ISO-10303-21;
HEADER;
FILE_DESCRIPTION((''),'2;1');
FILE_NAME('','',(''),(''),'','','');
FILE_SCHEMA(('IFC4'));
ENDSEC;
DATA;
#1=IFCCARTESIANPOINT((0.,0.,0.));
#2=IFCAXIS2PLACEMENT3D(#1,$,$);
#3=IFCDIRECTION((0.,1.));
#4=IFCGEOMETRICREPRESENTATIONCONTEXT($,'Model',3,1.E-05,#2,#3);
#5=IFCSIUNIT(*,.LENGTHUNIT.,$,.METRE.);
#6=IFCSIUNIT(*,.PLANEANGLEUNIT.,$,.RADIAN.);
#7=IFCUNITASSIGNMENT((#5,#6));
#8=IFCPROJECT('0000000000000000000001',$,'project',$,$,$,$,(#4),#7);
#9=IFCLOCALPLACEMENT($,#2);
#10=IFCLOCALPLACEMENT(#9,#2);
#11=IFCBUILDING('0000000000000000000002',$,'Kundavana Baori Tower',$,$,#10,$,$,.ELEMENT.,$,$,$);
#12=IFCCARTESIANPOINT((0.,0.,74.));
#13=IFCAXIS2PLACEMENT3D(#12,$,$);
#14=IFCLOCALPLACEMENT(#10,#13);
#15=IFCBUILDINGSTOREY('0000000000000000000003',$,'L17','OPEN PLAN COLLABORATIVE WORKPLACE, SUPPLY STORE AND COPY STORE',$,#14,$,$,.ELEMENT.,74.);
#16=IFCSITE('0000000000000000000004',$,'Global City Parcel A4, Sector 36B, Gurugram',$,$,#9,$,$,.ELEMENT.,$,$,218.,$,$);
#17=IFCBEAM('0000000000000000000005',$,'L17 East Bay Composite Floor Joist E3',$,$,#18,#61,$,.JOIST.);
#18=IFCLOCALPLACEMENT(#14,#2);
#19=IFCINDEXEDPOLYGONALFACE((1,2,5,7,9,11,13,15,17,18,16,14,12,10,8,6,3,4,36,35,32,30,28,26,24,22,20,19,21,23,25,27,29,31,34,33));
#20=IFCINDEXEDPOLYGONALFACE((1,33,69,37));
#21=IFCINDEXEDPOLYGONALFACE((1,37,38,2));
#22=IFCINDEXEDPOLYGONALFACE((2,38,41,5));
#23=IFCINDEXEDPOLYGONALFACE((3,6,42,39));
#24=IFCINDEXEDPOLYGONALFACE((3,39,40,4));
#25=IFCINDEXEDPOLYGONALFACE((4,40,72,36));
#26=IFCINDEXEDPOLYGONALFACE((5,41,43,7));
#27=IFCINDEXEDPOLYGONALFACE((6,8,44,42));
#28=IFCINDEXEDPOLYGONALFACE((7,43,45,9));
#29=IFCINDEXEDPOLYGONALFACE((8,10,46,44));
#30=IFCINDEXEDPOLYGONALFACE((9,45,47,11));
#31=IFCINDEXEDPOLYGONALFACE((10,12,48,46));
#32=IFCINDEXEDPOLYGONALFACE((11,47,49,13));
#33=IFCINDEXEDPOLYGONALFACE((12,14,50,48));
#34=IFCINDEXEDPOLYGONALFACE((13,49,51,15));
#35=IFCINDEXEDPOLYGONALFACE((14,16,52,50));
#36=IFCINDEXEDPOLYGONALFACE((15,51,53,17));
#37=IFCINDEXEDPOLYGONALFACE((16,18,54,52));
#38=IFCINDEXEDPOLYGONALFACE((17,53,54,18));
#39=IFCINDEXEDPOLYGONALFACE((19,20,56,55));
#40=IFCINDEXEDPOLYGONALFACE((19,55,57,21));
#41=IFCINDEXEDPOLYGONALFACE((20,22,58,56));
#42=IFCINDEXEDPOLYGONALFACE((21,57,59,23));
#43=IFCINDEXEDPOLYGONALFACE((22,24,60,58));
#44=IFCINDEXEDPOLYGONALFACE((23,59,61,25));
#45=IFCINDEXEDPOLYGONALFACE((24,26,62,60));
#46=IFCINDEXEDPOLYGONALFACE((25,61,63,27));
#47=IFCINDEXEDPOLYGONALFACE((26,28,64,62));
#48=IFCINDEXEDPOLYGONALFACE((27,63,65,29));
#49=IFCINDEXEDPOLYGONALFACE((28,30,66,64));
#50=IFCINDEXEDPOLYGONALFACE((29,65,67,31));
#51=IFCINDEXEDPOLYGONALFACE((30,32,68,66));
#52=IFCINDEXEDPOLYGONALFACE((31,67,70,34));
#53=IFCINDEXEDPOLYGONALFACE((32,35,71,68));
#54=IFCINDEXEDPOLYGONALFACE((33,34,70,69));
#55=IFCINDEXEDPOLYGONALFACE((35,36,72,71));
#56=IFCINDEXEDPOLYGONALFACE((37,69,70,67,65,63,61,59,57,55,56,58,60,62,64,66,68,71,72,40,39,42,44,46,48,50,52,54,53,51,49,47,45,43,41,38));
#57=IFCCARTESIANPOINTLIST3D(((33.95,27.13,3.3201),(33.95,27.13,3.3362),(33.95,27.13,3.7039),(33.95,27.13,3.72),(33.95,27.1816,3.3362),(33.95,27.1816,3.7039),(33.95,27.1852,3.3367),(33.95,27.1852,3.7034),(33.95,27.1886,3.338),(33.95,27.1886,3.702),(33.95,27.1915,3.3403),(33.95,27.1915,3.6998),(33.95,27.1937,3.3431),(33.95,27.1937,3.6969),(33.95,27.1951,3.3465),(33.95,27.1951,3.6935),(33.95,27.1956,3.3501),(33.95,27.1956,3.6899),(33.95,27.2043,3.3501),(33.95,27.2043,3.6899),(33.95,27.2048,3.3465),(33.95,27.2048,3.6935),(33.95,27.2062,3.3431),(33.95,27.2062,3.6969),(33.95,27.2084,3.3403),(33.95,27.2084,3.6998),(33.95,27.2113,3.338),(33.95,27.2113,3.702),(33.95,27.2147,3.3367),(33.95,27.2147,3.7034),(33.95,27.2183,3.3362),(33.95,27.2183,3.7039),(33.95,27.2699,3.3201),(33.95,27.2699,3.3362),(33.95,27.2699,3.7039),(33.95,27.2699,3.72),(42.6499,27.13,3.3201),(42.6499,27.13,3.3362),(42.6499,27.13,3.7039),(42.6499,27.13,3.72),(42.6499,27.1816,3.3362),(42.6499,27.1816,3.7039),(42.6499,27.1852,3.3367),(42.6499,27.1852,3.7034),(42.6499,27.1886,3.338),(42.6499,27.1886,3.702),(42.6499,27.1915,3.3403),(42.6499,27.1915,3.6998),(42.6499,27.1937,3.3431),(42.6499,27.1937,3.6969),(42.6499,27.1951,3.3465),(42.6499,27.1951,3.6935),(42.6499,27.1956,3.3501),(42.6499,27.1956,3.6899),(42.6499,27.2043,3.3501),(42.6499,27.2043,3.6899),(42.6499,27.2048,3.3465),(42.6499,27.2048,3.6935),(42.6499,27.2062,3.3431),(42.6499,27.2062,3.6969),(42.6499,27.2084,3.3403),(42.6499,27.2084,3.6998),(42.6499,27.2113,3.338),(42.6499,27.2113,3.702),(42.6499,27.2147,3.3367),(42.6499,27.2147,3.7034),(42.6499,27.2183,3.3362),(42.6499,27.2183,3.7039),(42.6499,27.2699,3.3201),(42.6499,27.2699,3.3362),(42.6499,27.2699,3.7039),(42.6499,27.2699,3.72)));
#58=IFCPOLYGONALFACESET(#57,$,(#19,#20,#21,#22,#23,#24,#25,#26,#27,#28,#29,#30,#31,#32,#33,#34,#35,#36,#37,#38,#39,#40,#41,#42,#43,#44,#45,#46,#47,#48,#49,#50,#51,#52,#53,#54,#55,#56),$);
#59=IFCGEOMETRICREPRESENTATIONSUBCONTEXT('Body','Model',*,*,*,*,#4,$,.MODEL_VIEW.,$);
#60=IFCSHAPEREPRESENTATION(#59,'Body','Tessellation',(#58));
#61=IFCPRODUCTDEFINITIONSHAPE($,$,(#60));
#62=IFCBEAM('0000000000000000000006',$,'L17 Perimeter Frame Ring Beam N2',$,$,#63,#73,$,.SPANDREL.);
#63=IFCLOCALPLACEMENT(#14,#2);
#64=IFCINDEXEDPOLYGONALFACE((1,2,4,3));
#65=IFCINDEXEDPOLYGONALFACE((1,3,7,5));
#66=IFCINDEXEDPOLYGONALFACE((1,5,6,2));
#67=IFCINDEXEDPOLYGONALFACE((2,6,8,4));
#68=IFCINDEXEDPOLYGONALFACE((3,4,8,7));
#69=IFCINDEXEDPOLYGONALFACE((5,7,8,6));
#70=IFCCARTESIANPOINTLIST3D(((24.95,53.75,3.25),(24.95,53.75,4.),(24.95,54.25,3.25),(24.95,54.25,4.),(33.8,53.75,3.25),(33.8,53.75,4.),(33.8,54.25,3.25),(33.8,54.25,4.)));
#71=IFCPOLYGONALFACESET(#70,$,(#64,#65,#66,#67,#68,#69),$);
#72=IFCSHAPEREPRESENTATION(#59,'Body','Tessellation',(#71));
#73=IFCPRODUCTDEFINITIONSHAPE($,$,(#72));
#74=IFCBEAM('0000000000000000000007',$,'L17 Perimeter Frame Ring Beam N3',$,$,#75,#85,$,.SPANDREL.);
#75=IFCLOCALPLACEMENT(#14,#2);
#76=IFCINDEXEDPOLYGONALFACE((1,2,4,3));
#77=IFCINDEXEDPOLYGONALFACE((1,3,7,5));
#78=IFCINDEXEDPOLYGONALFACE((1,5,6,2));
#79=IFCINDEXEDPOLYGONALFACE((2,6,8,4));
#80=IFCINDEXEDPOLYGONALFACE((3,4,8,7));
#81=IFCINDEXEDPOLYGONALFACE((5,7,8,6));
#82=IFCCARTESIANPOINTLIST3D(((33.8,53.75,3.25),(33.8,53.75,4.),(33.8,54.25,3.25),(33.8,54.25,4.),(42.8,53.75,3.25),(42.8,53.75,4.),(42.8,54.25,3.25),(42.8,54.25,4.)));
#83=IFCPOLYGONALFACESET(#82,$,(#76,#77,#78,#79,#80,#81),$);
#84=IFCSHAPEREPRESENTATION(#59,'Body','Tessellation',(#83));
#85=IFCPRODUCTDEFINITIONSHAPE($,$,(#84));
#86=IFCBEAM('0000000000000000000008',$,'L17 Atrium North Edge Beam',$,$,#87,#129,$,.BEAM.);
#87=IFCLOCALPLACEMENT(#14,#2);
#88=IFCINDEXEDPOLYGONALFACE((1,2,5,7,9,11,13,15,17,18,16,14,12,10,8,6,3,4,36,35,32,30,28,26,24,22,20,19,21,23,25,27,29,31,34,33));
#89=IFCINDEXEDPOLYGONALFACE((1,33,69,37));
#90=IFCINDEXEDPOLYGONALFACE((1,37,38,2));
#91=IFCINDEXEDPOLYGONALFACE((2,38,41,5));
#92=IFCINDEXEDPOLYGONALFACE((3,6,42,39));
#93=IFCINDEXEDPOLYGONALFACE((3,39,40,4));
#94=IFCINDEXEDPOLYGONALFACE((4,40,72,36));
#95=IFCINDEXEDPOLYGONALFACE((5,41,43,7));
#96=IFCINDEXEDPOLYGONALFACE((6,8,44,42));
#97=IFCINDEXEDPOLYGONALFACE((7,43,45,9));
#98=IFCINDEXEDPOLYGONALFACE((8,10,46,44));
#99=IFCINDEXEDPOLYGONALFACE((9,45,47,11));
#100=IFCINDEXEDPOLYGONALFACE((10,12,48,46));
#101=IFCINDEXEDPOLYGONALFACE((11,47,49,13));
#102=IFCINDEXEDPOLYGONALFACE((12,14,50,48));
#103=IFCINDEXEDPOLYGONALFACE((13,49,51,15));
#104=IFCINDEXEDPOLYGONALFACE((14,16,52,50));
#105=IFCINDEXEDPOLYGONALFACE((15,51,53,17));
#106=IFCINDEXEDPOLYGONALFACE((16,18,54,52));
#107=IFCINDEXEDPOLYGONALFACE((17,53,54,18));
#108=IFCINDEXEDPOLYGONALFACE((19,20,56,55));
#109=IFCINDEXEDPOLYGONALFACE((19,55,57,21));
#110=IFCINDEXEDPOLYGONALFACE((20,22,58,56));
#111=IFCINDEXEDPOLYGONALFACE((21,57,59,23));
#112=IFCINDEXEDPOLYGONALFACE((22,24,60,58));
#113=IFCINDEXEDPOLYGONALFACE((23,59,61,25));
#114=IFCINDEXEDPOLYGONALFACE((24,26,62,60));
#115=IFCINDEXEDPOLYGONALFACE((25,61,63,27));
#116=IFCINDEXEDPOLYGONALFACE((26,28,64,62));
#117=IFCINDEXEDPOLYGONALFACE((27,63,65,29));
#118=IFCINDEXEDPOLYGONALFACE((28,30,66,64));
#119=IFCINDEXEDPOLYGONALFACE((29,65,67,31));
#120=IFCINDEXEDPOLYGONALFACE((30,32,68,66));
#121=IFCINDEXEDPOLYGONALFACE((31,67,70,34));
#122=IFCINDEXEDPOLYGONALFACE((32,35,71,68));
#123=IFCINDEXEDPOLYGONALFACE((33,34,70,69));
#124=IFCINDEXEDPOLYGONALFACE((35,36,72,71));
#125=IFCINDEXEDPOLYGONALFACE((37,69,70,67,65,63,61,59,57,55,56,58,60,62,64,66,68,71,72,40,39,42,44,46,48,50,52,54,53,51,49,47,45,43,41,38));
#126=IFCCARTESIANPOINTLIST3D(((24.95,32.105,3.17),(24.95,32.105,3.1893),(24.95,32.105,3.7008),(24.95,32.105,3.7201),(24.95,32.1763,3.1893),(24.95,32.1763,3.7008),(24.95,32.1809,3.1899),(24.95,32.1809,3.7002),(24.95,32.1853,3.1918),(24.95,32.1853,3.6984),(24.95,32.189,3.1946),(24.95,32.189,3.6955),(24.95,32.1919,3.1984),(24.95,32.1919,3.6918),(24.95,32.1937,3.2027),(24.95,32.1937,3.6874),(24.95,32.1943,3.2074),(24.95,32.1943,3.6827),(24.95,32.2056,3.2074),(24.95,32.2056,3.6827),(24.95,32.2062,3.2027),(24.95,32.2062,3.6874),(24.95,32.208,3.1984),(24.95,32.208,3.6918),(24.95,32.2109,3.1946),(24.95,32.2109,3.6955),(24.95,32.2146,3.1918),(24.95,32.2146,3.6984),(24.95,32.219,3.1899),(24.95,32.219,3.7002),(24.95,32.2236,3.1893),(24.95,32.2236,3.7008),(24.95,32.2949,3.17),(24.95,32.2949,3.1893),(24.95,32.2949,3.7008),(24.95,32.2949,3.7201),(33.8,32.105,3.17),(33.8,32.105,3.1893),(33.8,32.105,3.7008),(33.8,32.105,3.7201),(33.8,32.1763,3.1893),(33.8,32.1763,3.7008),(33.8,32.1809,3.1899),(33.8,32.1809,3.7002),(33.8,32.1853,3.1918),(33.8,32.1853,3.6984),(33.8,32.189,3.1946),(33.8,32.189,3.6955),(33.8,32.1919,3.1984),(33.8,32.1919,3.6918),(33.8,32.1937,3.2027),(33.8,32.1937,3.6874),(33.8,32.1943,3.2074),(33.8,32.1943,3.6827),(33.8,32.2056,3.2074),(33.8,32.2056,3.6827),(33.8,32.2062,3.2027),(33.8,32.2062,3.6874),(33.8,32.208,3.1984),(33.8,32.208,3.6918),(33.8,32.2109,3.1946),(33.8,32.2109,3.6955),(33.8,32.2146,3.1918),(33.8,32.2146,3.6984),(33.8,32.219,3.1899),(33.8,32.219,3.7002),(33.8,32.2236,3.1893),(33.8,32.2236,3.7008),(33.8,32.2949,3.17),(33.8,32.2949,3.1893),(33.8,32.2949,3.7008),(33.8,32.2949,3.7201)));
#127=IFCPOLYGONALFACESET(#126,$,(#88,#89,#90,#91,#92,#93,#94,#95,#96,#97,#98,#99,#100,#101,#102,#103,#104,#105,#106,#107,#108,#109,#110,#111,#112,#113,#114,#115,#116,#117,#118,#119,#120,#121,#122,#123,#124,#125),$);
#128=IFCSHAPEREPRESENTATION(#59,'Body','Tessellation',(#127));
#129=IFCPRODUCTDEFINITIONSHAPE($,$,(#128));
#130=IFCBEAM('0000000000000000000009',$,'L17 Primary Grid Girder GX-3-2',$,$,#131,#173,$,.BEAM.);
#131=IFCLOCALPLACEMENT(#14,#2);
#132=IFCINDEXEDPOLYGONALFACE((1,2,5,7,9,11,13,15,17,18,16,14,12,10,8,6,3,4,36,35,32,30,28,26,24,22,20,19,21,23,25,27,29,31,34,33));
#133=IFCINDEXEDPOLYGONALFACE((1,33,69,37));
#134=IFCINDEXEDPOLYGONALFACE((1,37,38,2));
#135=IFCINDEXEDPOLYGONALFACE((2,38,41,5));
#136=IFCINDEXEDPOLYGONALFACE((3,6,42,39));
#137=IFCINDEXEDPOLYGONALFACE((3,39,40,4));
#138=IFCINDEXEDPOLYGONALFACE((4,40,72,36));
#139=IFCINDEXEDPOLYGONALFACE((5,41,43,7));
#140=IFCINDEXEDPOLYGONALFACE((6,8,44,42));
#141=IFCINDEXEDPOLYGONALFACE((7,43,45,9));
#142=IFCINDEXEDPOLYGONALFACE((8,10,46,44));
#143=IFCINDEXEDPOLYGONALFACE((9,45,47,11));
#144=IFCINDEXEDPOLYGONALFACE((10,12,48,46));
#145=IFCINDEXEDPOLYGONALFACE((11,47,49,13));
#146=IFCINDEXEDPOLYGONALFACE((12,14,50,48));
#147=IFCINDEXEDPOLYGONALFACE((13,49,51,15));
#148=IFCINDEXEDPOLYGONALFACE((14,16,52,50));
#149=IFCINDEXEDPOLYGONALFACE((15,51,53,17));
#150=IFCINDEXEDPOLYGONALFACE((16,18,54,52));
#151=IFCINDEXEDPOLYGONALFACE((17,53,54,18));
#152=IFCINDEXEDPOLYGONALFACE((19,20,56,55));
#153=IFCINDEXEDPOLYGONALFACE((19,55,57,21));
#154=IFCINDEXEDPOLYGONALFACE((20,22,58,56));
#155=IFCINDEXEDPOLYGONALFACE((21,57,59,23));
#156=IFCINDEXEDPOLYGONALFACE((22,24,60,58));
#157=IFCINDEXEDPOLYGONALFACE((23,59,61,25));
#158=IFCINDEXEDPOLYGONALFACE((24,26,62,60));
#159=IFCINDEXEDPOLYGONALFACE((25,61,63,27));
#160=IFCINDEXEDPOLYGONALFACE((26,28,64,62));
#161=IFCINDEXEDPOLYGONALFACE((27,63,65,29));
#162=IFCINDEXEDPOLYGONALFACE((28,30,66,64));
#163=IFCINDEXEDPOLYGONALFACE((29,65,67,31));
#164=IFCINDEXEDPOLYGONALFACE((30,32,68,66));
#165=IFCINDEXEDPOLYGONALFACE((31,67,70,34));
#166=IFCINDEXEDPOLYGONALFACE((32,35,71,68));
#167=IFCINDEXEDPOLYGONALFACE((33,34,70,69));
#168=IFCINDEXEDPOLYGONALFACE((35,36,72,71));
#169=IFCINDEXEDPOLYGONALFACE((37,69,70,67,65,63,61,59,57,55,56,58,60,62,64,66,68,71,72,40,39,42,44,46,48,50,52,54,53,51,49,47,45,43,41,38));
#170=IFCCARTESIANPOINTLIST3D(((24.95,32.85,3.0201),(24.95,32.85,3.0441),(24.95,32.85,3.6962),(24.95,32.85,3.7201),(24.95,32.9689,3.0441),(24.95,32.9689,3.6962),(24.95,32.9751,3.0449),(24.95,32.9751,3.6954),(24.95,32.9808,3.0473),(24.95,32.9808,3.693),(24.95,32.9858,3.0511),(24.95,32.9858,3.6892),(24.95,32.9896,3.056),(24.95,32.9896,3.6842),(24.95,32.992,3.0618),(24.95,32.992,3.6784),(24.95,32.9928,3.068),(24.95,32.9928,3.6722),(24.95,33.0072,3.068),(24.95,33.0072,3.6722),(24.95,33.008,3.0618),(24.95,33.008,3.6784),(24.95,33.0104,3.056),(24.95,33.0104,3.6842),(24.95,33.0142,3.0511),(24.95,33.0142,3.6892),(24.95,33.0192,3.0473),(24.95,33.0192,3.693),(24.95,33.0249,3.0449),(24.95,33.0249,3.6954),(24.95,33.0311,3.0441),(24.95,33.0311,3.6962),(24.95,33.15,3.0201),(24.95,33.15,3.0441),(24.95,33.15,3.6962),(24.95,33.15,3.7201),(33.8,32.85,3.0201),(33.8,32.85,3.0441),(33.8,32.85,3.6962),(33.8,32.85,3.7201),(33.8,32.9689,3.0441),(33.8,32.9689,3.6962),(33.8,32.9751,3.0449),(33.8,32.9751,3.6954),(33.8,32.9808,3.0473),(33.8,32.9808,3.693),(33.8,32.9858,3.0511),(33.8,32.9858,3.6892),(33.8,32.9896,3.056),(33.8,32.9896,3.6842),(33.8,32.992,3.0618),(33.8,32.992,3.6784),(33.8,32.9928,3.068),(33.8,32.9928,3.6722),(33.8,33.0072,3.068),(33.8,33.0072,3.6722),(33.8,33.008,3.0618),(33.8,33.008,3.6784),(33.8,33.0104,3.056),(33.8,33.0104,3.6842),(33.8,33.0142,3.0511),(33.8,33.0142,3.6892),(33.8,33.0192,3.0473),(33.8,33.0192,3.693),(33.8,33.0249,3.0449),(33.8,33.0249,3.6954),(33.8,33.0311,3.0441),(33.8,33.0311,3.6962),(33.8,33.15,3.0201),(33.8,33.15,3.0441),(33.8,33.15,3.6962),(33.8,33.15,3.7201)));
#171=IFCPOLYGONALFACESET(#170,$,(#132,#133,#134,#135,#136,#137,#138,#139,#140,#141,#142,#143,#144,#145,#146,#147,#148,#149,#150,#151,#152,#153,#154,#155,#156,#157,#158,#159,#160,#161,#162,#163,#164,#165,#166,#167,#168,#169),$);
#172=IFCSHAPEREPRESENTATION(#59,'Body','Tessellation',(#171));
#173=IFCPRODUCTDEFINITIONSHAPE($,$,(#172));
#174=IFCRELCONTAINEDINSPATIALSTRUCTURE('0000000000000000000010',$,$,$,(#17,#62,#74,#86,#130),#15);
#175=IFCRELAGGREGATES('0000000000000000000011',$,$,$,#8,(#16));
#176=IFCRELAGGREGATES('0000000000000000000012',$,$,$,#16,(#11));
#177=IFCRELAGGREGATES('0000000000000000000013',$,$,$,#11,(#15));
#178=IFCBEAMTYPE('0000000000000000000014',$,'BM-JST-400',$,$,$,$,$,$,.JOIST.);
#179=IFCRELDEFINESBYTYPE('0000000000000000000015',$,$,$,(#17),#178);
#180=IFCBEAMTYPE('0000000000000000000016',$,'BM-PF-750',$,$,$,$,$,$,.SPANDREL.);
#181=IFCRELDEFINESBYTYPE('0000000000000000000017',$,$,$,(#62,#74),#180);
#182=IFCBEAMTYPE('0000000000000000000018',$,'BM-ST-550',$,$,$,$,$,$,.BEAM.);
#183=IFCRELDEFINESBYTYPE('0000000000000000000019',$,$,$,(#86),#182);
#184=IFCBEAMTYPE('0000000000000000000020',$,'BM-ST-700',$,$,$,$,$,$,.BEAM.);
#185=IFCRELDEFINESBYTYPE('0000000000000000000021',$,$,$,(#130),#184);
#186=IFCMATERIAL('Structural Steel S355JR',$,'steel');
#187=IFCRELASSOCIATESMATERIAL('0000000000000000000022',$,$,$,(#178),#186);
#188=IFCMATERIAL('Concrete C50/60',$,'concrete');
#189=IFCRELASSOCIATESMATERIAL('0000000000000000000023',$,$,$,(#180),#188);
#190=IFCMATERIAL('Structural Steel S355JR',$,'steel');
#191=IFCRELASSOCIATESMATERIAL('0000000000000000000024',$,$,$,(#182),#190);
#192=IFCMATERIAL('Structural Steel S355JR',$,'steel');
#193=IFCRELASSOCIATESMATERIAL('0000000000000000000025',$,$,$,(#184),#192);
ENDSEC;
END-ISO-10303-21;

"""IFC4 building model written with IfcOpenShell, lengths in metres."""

from ifc_helpers import new_model, si_unit, direction, frame, origin, origin_2d, place, context, subcontext, project, spatial, rectangle, i_section, extrude, material, material_profile, profile_set, type_object, element, save


model = new_model("IFC4")

# Units and contexts
model_context = context("Model", 3, precision=1e-05, world=origin(), true_north=direction((0.0, 1.0)))
body_context = subcontext(model_context, "Body", "Model", "MODEL_VIEW")
ifc_project = project(units=[si_unit("LENGTHUNIT", "METRE"), si_unit("PLANEANGLEUNIT", "RADIAN")], contexts=[model_context])

# Site, building, storey
site_placement = place(None, origin())
site = spatial("IfcSite", under=ifc_project, at=site_placement, Name="Global City Parcel A4, Sector 36B, Gurugram", CompositionType="ELEMENT", RefElevation=218.0)
building_placement = place(site_placement, origin())
building = spatial("IfcBuilding", under=site, at=building_placement, Name="Kundavana Baori Tower", CompositionType="ELEMENT")
storey_placement = place(building_placement, frame((0.0, 0.0, 74.0)))
storey = spatial("IfcBuildingStorey", under=building, at=storey_placement, Name="L17", Description="OPEN PLAN COLLABORATIVE WORKPLACE, SUPPLY STORE AND COPY STORE", CompositionType="ELEMENT", Elevation=74.0)

# Beams
ifc_material_1 = material(Name="Structural Steel S355JR", Category="steel")
ifc_material_profile_1 = material_profile(ifc_material_1, i_section(OverallWidth=0.1399, OverallDepth=0.3999, WebThickness=0.0088, FlangeThickness=0.0161, FilletRadius=0.0139, at=origin_2d()), Name="ISMB 400")
ifc_profile_set_1 = profile_set([ifc_material_profile_1], Name="Structural Steel S355JR")
beam_type_1 = type_object("IfcBeamType", Name="BM-JST-400", PredefinedType="JOIST", material=ifc_profile_set_1)
beam_1_placement = place(storey_placement, frame((33.95, 27.2, 3.52), z_axis=(1.0, 0.0, 0.0), x_axis=(0.0, 1.0, 0.0)))
element("IfcBeam", 1, at=beam_1_placement, inside=storey, type_object=beam_type_1, Name="L17 East Bay Composite Floor Joist E3", PredefinedType="JOIST", context=body_context, shape_type="SweptSolid", body=[
    extrude(i_section(OverallWidth=0.1399, OverallDepth=0.3999, WebThickness=0.0088, FlangeThickness=0.0161, FilletRadius=0.0139, at=origin_2d()), origin(), (0.0, 0.0, 1.0), 8.7),
])
ifc_material_2 = material(Name="Concrete C50/60", Category="concrete")
ifc_material_profile_2 = material_profile(ifc_material_2, rectangle(XDim=0.5, YDim=0.75, at=origin_2d()), Name="RC BM 500x750")
ifc_profile_set_2 = profile_set([ifc_material_profile_2], Name="Concrete C50/60")
beam_type_2 = type_object("IfcBeamType", Name="BM-PF-750", PredefinedType="SPANDREL", material=ifc_profile_set_2)
beam_2_placement = place(storey_placement, frame((24.95, 54.0, 3.625), z_axis=(1.0, 0.0, 0.0), x_axis=(0.0, 1.0, 0.0)))
element("IfcBeam", 2, at=beam_2_placement, inside=storey, type_object=beam_type_2, Name="L17 Perimeter Frame Ring Beam N2", PredefinedType="SPANDREL", context=body_context, shape_type="SweptSolid", body=[
    extrude(rectangle(XDim=0.5, YDim=0.75, at=origin_2d()), origin(), (0.0, 0.0, 1.0), 8.8501),
])
beam_3_placement = place(storey_placement, frame((33.8, 54.0, 3.625), z_axis=(1.0, 0.0, 0.0), x_axis=(0.0, 1.0, 0.0)))
element("IfcBeam", 3, at=beam_3_placement, inside=storey, type_object=beam_type_2, Name="L17 Perimeter Frame Ring Beam N3", PredefinedType="SPANDREL", context=body_context, shape_type="SweptSolid", body=[
    extrude(rectangle(XDim=0.5, YDim=0.75, at=origin_2d()), origin(), (0.0, 0.0, 1.0), 9.0),
])
ifc_material_3 = material(Name="Structural Steel S355JR", Category="steel")
ifc_material_profile_3 = material_profile(ifc_material_3, i_section(OverallWidth=0.1899, OverallDepth=0.55, WebThickness=0.0112, FlangeThickness=0.0193, FilletRadius=0.0181, at=origin_2d()), Name="ISMB 550")
ifc_profile_set_3 = profile_set([ifc_material_profile_3], Name="Structural Steel S355JR")
beam_type_3 = type_object("IfcBeamType", Name="BM-ST-550", PredefinedType="BEAM", material=ifc_profile_set_3)
beam_4_placement = place(storey_placement, frame((24.95, 32.2, 3.4451), z_axis=(1.0, 0.0, 0.0), x_axis=(0.0, 1.0, 0.0)))
element("IfcBeam", 4, at=beam_4_placement, inside=storey, type_object=beam_type_3, Name="L17 Atrium North Edge Beam", PredefinedType="BEAM", context=body_context, shape_type="SweptSolid", body=[
    extrude(i_section(OverallWidth=0.1899, OverallDepth=0.55, WebThickness=0.0112, FlangeThickness=0.0193, FilletRadius=0.0181, at=origin_2d()), origin(), (0.0, 0.0, 1.0), 8.8501),
])
ifc_material_4 = material(Name="Structural Steel S355JR", Category="steel")
ifc_material_profile_4 = material_profile(ifc_material_4, i_section(OverallWidth=0.3, OverallDepth=0.7, WebThickness=0.0144, FlangeThickness=0.0239, FilletRadius=0.0239, at=origin_2d()), Name="NPB 700x300x170")
ifc_profile_set_4 = profile_set([ifc_material_profile_4], Name="Structural Steel S355JR")
beam_type_4 = type_object("IfcBeamType", Name="BM-ST-700", PredefinedType="BEAM", material=ifc_profile_set_4)
for number, where, z_axis, x_axis, name in (
    (5, (24.95, 33.0, 3.3701), (1.0, 0.0, 0.0), (0.0, 1.0, 0.0), "L17 Primary Grid Girder GX-3-2"),
):
    element("IfcBeam", number, at=place(storey_placement, frame(where, z_axis=z_axis, x_axis=x_axis)), inside=storey, type_object=beam_type_4, Name=name, PredefinedType="BEAM", context=body_context, shape_type="SweptSolid", body=[
        extrude(i_section(OverallWidth=0.3, OverallDepth=0.7, WebThickness=0.0144, FlangeThickness=0.0239, FilletRadius=0.0239, at=origin_2d()), origin(), (0.0, 0.0, 1.0), 8.8501),
    ])

save(model, "model.ifc")
